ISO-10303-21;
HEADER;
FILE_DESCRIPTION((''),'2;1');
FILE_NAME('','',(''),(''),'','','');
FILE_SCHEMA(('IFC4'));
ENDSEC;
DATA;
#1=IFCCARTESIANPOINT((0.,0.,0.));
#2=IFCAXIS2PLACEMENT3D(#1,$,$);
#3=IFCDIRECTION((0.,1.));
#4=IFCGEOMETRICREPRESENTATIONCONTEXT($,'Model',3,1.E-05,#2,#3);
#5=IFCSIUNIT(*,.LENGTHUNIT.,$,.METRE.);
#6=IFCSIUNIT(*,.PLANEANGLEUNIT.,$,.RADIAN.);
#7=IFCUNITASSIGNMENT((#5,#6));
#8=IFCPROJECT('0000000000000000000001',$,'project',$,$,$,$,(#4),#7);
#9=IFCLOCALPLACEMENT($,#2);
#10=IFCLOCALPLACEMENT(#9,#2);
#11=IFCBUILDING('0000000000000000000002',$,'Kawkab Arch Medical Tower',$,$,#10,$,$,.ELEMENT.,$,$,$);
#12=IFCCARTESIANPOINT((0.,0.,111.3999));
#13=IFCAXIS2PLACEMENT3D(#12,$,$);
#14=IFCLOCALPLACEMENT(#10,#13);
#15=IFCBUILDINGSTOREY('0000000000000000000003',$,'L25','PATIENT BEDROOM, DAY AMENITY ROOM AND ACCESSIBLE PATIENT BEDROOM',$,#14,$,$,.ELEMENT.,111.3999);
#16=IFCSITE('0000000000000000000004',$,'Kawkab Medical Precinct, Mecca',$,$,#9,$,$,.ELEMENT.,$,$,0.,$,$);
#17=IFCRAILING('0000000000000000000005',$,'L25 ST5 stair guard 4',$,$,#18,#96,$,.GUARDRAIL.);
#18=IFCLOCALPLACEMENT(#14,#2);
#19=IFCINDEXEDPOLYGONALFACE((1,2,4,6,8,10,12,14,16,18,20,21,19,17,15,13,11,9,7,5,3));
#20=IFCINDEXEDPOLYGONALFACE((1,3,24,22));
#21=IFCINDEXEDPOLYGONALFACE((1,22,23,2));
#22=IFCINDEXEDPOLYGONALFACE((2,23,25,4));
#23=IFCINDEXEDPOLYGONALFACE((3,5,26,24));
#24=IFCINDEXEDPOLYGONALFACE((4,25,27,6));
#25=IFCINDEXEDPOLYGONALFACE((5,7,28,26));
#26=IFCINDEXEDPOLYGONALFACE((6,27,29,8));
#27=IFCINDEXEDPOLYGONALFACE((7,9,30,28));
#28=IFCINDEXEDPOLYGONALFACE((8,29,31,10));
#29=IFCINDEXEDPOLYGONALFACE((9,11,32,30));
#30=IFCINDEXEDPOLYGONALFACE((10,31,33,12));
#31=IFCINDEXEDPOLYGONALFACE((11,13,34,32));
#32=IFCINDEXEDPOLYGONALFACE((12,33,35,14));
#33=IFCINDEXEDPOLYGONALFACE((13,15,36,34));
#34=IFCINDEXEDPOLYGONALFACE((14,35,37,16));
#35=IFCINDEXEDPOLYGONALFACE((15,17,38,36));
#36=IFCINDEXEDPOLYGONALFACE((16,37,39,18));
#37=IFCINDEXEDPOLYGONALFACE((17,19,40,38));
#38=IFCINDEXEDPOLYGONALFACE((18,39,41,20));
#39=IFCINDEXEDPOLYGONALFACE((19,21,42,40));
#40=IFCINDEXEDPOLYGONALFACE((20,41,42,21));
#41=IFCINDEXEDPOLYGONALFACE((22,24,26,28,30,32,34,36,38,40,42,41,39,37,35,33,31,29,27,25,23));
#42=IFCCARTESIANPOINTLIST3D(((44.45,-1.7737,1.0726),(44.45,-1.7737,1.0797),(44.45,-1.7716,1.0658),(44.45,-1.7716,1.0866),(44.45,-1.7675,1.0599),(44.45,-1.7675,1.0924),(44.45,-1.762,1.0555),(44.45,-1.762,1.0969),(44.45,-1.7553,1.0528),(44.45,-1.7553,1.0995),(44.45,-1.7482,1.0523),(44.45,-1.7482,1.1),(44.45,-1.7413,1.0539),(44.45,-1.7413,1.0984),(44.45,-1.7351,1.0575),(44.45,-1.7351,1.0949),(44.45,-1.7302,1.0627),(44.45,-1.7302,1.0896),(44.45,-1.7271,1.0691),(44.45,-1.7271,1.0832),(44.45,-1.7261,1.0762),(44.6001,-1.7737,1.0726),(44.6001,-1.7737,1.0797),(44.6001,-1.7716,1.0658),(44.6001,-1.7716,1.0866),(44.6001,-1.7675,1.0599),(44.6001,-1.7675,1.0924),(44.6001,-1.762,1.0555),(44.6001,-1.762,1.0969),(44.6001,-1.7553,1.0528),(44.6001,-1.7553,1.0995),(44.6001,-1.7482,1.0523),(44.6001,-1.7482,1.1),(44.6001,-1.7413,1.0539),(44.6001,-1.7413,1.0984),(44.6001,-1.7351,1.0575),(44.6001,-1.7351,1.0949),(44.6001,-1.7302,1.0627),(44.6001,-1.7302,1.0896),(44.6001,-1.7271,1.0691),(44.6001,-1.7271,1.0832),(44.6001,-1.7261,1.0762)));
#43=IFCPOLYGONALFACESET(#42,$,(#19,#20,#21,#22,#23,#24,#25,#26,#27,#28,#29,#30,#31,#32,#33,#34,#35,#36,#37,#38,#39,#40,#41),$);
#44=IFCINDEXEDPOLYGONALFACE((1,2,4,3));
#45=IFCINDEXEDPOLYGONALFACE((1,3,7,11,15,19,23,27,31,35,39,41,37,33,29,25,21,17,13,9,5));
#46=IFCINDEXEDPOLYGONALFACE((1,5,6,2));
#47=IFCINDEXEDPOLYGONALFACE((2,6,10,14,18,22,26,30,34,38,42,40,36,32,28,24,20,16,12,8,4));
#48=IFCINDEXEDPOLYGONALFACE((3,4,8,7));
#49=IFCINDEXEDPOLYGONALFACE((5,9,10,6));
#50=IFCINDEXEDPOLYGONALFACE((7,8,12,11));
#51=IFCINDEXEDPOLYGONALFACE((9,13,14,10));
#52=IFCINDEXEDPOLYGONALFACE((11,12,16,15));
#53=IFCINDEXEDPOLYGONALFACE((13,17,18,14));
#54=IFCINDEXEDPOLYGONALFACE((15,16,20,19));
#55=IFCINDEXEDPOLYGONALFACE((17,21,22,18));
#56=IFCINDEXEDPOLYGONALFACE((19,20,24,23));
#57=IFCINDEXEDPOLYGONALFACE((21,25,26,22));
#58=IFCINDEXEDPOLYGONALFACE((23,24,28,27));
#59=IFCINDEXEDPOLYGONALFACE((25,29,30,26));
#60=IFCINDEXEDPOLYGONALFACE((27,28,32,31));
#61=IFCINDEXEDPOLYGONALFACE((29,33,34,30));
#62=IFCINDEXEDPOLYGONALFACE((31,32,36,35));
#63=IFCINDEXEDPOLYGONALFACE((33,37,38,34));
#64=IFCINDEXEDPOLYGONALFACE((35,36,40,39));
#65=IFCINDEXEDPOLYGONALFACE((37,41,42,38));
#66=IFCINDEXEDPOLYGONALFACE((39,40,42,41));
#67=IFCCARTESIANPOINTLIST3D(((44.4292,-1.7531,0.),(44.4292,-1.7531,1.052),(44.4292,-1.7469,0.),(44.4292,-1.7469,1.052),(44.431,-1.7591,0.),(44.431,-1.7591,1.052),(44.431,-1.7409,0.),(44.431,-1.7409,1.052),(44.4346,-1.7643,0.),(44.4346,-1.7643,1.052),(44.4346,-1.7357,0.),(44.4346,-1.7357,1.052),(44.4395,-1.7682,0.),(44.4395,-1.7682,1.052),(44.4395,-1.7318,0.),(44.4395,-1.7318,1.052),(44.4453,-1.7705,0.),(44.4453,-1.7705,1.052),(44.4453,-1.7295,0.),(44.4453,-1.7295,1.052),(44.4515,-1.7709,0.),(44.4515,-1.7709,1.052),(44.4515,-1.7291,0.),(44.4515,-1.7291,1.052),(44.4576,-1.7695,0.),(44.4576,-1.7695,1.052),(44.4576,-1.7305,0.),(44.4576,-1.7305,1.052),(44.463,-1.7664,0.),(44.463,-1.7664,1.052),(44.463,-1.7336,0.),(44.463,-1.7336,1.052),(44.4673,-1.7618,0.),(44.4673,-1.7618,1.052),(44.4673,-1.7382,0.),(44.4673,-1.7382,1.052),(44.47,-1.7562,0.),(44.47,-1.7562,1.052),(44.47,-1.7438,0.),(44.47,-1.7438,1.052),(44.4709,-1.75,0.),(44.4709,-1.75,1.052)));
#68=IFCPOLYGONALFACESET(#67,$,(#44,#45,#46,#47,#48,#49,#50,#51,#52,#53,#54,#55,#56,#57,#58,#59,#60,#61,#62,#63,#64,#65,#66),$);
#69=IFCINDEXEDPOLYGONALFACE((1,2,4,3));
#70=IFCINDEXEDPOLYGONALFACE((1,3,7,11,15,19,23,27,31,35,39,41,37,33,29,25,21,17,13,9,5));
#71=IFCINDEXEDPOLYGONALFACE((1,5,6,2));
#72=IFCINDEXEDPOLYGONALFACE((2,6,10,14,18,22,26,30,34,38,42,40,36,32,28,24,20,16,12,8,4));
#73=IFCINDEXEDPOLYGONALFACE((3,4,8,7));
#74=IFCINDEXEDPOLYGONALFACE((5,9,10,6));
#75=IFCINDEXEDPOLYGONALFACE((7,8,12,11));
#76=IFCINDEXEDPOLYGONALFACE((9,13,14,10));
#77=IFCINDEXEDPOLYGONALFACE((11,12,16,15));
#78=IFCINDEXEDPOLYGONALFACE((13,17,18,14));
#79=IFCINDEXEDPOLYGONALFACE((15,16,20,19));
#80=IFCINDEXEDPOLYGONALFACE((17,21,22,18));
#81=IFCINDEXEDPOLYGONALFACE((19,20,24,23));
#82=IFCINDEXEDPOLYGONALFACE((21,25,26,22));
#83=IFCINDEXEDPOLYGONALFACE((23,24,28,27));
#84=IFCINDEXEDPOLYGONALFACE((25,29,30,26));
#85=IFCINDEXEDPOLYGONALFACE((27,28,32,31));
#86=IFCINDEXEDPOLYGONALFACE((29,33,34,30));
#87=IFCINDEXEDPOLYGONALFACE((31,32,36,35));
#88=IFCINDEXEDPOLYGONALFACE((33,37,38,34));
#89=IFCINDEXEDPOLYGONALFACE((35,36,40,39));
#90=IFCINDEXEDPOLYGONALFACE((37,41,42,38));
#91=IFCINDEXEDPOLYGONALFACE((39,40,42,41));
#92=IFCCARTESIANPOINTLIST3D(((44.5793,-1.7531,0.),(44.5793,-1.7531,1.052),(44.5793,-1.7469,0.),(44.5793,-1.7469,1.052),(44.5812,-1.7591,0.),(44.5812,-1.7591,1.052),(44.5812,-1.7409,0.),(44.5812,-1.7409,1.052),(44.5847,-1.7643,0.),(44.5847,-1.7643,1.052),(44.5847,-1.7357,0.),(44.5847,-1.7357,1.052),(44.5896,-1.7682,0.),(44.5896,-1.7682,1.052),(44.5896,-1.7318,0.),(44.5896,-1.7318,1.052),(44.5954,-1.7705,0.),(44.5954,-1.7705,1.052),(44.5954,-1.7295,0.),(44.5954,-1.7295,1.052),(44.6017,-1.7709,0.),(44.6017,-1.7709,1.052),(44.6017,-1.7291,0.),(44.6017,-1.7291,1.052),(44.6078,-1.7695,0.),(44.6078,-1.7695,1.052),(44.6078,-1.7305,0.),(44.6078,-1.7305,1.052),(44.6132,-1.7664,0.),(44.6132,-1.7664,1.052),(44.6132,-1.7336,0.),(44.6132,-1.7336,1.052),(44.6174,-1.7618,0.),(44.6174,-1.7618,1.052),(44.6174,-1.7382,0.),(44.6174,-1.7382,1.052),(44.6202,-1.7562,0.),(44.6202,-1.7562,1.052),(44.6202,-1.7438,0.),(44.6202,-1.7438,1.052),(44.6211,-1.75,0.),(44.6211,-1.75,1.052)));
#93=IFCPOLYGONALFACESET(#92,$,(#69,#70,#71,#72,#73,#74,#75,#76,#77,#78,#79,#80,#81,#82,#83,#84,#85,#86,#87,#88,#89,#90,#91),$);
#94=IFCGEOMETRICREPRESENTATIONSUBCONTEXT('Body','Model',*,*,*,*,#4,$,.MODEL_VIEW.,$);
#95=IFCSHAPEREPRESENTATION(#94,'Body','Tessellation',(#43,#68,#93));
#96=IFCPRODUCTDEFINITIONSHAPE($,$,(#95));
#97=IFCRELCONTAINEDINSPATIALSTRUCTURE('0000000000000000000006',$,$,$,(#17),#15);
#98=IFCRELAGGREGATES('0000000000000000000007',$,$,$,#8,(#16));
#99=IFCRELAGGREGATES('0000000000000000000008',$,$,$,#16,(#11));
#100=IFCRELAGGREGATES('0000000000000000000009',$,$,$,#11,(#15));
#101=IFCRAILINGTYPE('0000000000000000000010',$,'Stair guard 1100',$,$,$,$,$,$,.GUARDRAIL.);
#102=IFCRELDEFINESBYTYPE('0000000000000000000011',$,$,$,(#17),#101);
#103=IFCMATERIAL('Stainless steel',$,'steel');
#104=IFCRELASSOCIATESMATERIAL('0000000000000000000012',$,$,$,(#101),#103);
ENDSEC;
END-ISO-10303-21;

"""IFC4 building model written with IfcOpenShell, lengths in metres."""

from ifc_helpers import new_model, si_unit, direction, frame, origin, origin_2d, place, context, subcontext, project, spatial, circle, extrude, material, type_object, element, save


model = new_model("IFC4")

# Units and contexts
model_context = context("Model", 3, precision=1e-05, world=origin(), true_north=direction((0.0, 1.0)))
body_context = subcontext(model_context, "Body", "Model", "MODEL_VIEW")
ifc_project = project(units=[si_unit("LENGTHUNIT", "METRE"), si_unit("PLANEANGLEUNIT", "RADIAN")], contexts=[model_context])

# Site, building, storey
site_placement = place(None, origin())
site = spatial("IfcSite", under=ifc_project, at=site_placement, Name="Kawkab Medical Precinct, Mecca", CompositionType="ELEMENT", RefElevation=0.0)
building_placement = place(site_placement, origin())
building = spatial("IfcBuilding", under=site, at=building_placement, Name="Kawkab Arch Medical Tower", CompositionType="ELEMENT")
storey_placement = place(building_placement, frame((0.0, 0.0, 111.3999)))
storey = spatial("IfcBuildingStorey", under=building, at=storey_placement, Name="L25", Description="PATIENT BEDROOM, DAY AMENITY ROOM AND ACCESSIBLE PATIENT BEDROOM", CompositionType="ELEMENT", Elevation=111.3999)

# Railing
ifc_material_1 = material(Name="Stainless steel", Category="steel")
railing_type = type_object("IfcRailingType", Name="Stair guard 1100", PredefinedType="GUARDRAIL", material=ifc_material_1)
railing_1_placement = place(storey_placement, frame((44.45, -1.75, 0.0)))
element("IfcRailing", 1, at=railing_1_placement, inside=storey, type_object=railing_type, Name="L25 ST5 stair guard 4", PredefinedType="GUARDRAIL", context=body_context, shape_type="SweptSolid", body=[
    extrude(circle(Radius=0.0239, at=origin_2d()), frame((0.0, 0.0, 1.0762), z_axis=(1.0, 0.0, 0.0), x_axis=(0.0, 1.0, 0.0)), (0.0, 0.0, 1.0), 0.1501),
    extrude(circle(Radius=0.021, at=origin_2d()), origin(), (0.0, 0.0, 1.0), 1.052),
    extrude(circle(Radius=0.021, at=origin_2d()), frame((0.1501, 0.0, 0.0)), (0.0, 0.0, 1.0), 1.052),
])

save(model, "model.ifc")
